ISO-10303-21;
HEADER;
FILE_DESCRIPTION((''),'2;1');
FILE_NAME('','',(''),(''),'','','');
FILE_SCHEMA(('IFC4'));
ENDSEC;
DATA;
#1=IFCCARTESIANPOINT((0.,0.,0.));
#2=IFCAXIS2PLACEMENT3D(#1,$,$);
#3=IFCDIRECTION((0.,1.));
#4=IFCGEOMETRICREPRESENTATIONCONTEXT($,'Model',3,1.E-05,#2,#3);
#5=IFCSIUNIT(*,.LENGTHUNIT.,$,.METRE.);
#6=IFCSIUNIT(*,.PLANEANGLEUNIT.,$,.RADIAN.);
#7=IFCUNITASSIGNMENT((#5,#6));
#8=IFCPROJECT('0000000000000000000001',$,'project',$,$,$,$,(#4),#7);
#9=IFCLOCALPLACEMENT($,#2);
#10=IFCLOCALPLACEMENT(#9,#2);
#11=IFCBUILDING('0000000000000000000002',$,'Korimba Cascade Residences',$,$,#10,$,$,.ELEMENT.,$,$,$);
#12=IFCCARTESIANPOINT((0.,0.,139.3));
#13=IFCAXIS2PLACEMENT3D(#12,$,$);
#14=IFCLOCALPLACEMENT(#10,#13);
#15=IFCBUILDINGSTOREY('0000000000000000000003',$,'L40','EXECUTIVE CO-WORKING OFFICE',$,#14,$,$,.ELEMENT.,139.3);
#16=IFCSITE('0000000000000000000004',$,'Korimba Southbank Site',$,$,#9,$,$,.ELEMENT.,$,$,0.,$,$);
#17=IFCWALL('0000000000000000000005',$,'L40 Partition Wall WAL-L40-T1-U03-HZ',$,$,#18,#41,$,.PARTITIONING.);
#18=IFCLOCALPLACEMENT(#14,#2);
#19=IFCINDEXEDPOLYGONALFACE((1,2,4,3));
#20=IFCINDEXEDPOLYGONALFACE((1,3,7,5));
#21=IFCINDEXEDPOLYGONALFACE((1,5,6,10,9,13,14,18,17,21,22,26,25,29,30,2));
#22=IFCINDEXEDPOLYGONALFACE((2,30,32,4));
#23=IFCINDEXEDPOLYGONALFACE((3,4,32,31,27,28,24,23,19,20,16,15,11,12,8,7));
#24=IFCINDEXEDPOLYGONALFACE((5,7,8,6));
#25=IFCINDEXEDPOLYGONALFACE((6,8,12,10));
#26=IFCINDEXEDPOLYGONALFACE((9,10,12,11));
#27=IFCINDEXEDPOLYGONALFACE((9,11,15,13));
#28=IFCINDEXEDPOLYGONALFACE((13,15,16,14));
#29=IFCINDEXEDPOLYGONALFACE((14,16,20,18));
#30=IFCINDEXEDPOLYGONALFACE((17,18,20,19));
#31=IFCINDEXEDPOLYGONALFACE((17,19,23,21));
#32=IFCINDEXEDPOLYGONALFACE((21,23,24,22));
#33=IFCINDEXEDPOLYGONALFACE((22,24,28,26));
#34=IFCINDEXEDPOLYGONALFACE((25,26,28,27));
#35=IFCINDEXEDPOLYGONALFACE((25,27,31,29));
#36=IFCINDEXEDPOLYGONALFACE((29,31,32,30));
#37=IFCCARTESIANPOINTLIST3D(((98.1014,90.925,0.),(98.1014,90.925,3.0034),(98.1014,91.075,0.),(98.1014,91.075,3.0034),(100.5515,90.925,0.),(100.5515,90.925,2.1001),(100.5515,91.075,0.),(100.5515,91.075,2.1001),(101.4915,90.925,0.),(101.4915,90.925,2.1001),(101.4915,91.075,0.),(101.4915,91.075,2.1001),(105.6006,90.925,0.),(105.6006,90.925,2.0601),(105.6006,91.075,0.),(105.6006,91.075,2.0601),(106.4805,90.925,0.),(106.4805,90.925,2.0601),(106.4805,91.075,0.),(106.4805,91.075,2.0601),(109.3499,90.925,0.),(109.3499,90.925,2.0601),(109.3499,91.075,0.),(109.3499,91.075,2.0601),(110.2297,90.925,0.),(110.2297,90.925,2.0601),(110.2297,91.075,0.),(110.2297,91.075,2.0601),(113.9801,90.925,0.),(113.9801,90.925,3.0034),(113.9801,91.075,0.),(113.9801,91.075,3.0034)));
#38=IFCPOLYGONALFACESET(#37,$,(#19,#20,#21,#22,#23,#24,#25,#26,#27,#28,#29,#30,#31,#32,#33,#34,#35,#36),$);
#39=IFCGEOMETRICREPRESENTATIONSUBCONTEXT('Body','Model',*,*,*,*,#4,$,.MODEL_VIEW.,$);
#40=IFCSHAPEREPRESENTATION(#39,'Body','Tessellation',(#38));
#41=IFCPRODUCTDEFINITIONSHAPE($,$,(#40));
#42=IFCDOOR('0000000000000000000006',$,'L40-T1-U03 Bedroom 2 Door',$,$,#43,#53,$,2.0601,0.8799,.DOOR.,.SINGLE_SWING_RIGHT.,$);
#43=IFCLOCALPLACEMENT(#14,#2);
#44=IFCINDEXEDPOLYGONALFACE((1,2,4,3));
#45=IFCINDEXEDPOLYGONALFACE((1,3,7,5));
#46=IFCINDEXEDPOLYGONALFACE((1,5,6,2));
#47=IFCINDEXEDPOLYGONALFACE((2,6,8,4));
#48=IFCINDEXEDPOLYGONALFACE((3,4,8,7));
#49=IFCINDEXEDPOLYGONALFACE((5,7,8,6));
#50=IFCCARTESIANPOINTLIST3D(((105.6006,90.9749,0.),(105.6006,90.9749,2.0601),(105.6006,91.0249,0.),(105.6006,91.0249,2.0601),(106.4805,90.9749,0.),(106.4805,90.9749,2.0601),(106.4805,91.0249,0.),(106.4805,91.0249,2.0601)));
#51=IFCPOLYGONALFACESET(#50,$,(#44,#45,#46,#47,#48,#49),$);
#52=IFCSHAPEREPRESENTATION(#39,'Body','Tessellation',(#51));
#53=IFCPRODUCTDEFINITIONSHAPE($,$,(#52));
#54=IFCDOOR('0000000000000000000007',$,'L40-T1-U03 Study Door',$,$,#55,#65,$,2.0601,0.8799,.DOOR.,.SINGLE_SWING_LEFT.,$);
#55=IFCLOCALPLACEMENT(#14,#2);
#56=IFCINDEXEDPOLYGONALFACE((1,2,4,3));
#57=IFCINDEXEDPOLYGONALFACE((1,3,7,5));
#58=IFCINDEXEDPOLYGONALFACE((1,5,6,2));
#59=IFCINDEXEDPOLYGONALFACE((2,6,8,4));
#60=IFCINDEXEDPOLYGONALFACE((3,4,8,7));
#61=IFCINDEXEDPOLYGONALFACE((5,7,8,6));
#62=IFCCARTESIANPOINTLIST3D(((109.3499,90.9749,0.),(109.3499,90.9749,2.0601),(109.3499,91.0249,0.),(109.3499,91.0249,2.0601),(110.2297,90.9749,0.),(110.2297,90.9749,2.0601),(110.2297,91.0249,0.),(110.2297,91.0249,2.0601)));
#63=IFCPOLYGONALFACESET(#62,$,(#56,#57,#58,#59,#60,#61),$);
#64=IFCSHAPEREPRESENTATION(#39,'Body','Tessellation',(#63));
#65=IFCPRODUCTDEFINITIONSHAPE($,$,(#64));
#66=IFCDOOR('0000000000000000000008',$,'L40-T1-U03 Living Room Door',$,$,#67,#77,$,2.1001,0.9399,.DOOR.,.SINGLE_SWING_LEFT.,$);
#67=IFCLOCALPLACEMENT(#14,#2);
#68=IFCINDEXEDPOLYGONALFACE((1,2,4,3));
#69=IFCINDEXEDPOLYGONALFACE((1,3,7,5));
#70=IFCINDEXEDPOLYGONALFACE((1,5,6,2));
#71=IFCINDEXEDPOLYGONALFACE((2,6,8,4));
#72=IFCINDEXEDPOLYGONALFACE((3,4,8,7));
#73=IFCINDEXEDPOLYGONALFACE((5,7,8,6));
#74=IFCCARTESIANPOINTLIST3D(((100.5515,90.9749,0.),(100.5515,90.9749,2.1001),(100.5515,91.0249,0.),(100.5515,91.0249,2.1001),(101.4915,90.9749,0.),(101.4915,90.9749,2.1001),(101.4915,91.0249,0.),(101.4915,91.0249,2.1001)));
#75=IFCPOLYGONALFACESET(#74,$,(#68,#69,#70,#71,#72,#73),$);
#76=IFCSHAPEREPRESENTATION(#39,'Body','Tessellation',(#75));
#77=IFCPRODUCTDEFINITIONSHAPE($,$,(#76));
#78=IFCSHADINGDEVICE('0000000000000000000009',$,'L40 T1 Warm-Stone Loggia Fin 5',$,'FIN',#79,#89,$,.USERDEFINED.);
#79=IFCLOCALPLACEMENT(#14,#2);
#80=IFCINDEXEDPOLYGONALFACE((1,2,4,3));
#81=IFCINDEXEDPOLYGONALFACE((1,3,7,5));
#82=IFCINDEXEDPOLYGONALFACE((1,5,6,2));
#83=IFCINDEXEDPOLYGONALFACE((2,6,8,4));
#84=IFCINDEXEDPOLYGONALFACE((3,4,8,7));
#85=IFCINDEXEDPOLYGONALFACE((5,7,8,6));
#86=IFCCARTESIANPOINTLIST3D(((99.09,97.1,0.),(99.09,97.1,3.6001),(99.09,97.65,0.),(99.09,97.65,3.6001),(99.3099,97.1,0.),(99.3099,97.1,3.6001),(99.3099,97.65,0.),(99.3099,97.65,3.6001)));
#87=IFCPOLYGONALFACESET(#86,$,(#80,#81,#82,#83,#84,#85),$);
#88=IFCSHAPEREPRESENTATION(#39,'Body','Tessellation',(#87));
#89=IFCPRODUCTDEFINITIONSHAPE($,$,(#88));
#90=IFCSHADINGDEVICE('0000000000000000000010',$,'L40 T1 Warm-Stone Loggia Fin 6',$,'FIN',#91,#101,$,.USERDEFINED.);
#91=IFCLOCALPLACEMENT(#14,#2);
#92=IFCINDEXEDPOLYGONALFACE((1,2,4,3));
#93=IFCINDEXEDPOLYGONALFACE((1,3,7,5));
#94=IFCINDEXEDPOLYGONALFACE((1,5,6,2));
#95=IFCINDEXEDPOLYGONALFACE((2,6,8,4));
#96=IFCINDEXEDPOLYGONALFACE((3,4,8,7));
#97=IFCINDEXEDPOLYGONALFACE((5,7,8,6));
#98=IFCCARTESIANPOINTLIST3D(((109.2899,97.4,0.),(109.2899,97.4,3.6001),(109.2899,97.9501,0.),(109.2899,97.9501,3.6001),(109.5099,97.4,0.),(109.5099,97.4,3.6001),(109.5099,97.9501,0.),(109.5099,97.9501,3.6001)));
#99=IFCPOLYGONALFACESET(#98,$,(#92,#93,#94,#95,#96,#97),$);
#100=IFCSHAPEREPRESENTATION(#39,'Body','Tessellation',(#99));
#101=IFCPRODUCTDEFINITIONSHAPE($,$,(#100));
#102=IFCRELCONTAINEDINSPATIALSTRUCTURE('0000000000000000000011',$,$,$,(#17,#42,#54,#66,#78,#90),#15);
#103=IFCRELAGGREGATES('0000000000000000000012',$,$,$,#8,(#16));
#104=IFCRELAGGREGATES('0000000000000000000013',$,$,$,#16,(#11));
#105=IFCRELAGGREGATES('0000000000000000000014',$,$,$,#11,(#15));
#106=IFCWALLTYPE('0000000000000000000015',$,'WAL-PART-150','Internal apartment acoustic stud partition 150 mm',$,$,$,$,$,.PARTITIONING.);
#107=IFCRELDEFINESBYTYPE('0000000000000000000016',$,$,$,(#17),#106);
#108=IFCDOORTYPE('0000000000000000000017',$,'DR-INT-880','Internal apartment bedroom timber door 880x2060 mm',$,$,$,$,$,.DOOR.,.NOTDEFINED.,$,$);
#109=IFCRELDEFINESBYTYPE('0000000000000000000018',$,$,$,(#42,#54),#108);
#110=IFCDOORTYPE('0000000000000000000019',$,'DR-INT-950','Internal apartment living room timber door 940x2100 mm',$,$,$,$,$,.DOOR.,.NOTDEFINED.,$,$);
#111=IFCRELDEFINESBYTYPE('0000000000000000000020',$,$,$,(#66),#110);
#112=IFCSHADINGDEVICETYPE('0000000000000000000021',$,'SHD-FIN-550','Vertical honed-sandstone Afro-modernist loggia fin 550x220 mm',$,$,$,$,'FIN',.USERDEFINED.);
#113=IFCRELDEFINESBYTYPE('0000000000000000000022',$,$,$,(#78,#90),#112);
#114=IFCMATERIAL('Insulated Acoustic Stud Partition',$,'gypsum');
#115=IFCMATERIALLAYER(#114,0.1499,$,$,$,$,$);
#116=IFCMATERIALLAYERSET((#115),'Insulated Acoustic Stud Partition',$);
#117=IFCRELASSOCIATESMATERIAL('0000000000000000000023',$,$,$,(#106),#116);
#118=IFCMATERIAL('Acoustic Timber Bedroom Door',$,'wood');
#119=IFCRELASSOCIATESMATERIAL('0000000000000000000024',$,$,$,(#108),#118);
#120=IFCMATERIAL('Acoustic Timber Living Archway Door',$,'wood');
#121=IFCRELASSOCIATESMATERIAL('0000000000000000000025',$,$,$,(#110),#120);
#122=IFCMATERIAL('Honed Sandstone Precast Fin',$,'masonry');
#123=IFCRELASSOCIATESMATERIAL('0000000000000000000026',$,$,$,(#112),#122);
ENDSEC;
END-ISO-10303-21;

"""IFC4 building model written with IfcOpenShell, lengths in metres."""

from ifc_helpers import new_model, si_unit, direction, frame, frame_2d, origin, origin_2d, place, context, subcontext, project, spatial, rectangle, extrude, material, layer, layer_set, type_object, element, fill, save


model = new_model("IFC4")

# Units and contexts
model_context = context("Model", 3, precision=1e-05, world=origin(), true_north=direction((0.0, 1.0)))
body_context = subcontext(model_context, "Body", "Model", "MODEL_VIEW")
ifc_project = project(units=[si_unit("LENGTHUNIT", "METRE"), si_unit("PLANEANGLEUNIT", "RADIAN")], contexts=[model_context])

# Site, building, storey
site_placement = place(None, origin())
site = spatial("IfcSite", under=ifc_project, at=site_placement, Name="Korimba Southbank Site", CompositionType="ELEMENT", RefElevation=0.0)
building_placement = place(site_placement, origin())
building = spatial("IfcBuilding", under=site, at=building_placement, Name="Korimba Cascade Residences", CompositionType="ELEMENT")
storey_placement = place(building_placement, frame((0.0, 0.0, 139.3)))
storey = spatial("IfcBuildingStorey", under=building, at=storey_placement, Name="L40", Description="EXECUTIVE CO-WORKING OFFICE", CompositionType="ELEMENT", Elevation=139.3)

# Shared definitions
ifc_material_1 = material(Name="Insulated Acoustic Stud Partition", Category="gypsum")
ifc_layer = layer(ifc_material_1, 0.1499)
ifc_layer_set = layer_set([ifc_layer], Name="Insulated Acoustic Stud Partition")
wall_type = type_object("IfcWallType", Name="WAL-PART-150", Description="Internal apartment acoustic stud partition 150 mm", PredefinedType="PARTITIONING", material=ifc_layer_set)

# Wall, openings, doors
wall_1_placement = place(storey_placement, frame((98.1013, 91.0, 0.0), z_axis=(0.0, 0.0, 1.0), x_axis=(1.0, 0.0, 0.0)))
wall_1 = element("IfcWall", 1, at=wall_1_placement, inside=storey, type_object=wall_type, Name="L40 Partition Wall WAL-L40-T1-U03-HZ", PredefinedType="PARTITIONING", context=body_context, shape_type="SweptSolid", body=[
    extrude(rectangle(XDim=15.8787, YDim=0.1499, at=frame_2d((7.9395, 0.0))), origin(), (0.0, 0.0, 1.0), 3.0034),
])
opening_1_placement = place(wall_1_placement, frame((2.4502, 0.0, 0.0)))
opening_1 = element("IfcOpeningElement", 2, at=opening_1_placement, cuts=wall_1, PredefinedType="OPENING", context=body_context, shape_type="SweptSolid", body=[
    extrude(rectangle(XDim=0.9399, YDim=2.1001, at=frame_2d((0.47, 1.05))), frame((0.0, 0.085, 0.0), z_axis=(0.0, -1.0, 0.0), x_axis=(1.0, 0.0, 0.0)), (0.0, 0.0, 1.0), 0.1699),
])
opening_2_placement = place(wall_1_placement, frame((7.4993, 0.0, 0.0)))
opening_2 = element("IfcOpeningElement", 3, at=opening_2_placement, cuts=wall_1, PredefinedType="OPENING", context=body_context, shape_type="SweptSolid", body=[
    extrude(rectangle(XDim=0.8799, YDim=2.0601, at=frame_2d((0.4399, 1.03))), frame((0.0, 0.085, 0.0), z_axis=(0.0, -1.0, 0.0), x_axis=(1.0, 0.0, 0.0)), (0.0, 0.0, 1.0), 0.1699),
])
opening_3_placement = place(wall_1_placement, frame((11.2485, 0.0, 0.0)))
opening_3 = element("IfcOpeningElement", 4, at=opening_3_placement, cuts=wall_1, PredefinedType="OPENING", context=body_context, shape_type="SweptSolid", body=[
    extrude(rectangle(XDim=0.8799, YDim=2.0601, at=frame_2d((0.4399, 1.03))), frame((0.0, 0.085, 0.0), z_axis=(0.0, -1.0, 0.0), x_axis=(1.0, 0.0, 0.0)), (0.0, 0.0, 1.0), 0.1699),
])
ifc_material_2 = material(Name="Acoustic Timber Bedroom Door", Category="wood")
door_type_1 = type_object("IfcDoorType", Name="DR-INT-880", Description="Internal apartment bedroom timber door 880x2060 mm", OperationType="NOTDEFINED", PredefinedType="DOOR", material=ifc_material_2)
door_1_placement = place(opening_2_placement, origin())
door_1 = element("IfcDoor", 5, at=door_1_placement, inside=storey, type_object=door_type_1, Name="L40-T1-U03 Bedroom 2 Door", OperationType="SINGLE_SWING_RIGHT", OverallHeight=2.0601, OverallWidth=0.8799, PredefinedType="DOOR", context=body_context, shape_type="SweptSolid", body=[
    extrude(rectangle(XDim=0.8799, YDim=2.0601, at=frame_2d((0.4399, 1.03))), frame((0.0, 0.0249, 0.0), z_axis=(0.0, -1.0, 0.0), x_axis=(1.0, 0.0, 0.0)), (0.0, 0.0, 1.0), 0.05),
])
fill(opening_2, door_1)
door_2_placement = place(opening_3_placement, origin())
door_2 = element("IfcDoor", 6, at=door_2_placement, inside=storey, type_object=door_type_1, Name="L40-T1-U03 Study Door", OperationType="SINGLE_SWING_LEFT", OverallHeight=2.0601, OverallWidth=0.8799, PredefinedType="DOOR", context=body_context, shape_type="SweptSolid", body=[
    extrude(rectangle(XDim=0.8799, YDim=2.0601, at=frame_2d((0.4399, 1.03))), frame((0.0, 0.0249, 0.0), z_axis=(0.0, -1.0, 0.0), x_axis=(1.0, 0.0, 0.0)), (0.0, 0.0, 1.0), 0.05),
])
fill(opening_3, door_2)
ifc_material_3 = material(Name="Acoustic Timber Living Archway Door", Category="wood")
door_type_2 = type_object("IfcDoorType", Name="DR-INT-950", Description="Internal apartment living room timber door 940x2100 mm", OperationType="NOTDEFINED", PredefinedType="DOOR", material=ifc_material_3)
door_3_placement = place(opening_1_placement, origin())
door_3 = element("IfcDoor", 7, at=door_3_placement, inside=storey, type_object=door_type_2, Name="L40-T1-U03 Living Room Door", OperationType="SINGLE_SWING_LEFT", OverallHeight=2.1001, OverallWidth=0.9399, PredefinedType="DOOR", context=body_context, shape_type="SweptSolid", body=[
    extrude(rectangle(XDim=0.9399, YDim=2.1001, at=frame_2d((0.47, 1.05))), frame((0.0, 0.0249, 0.0), z_axis=(0.0, -1.0, 0.0), x_axis=(1.0, 0.0, 0.0)), (0.0, 0.0, 1.0), 0.05),
])
fill(opening_1, door_3)

# Shading devices
ifc_material_4 = material(Name="Honed Sandstone Precast Fin", Category="masonry")
shading_device_type = type_object("IfcShadingDeviceType", Name="SHD-FIN-550", Description="Vertical honed-sandstone Afro-modernist loggia fin 550x220 mm", ElementType="FIN", PredefinedType="USERDEFINED", material=ifc_material_4)
for number, where, z_axis, x_axis, name in (
    (8, (99.2, 97.375, 0.0), (0.0, 0.0, 1.0), (1.0, 0.0, 0.0), "L40 T1 Warm-Stone Loggia Fin 5"),
    (9, (109.3999, 97.675, 0.0), (0.0, 0.0, 1.0), (1.0, 0.0, 0.0), "L40 T1 Warm-Stone Loggia Fin 6"),
):
    element("IfcShadingDevice", number, at=place(storey_placement, frame(where, z_axis=z_axis, x_axis=x_axis)), inside=storey, type_object=shading_device_type, Name=name, ObjectType="FIN", PredefinedType="USERDEFINED", context=body_context, shape_type="SweptSolid", body=[
        extrude(rectangle(XDim=0.22, YDim=0.55, at=origin_2d()), origin(), (0.0, 0.0, 1.0), 3.6001),
    ])

save(model, "model.ifc")
